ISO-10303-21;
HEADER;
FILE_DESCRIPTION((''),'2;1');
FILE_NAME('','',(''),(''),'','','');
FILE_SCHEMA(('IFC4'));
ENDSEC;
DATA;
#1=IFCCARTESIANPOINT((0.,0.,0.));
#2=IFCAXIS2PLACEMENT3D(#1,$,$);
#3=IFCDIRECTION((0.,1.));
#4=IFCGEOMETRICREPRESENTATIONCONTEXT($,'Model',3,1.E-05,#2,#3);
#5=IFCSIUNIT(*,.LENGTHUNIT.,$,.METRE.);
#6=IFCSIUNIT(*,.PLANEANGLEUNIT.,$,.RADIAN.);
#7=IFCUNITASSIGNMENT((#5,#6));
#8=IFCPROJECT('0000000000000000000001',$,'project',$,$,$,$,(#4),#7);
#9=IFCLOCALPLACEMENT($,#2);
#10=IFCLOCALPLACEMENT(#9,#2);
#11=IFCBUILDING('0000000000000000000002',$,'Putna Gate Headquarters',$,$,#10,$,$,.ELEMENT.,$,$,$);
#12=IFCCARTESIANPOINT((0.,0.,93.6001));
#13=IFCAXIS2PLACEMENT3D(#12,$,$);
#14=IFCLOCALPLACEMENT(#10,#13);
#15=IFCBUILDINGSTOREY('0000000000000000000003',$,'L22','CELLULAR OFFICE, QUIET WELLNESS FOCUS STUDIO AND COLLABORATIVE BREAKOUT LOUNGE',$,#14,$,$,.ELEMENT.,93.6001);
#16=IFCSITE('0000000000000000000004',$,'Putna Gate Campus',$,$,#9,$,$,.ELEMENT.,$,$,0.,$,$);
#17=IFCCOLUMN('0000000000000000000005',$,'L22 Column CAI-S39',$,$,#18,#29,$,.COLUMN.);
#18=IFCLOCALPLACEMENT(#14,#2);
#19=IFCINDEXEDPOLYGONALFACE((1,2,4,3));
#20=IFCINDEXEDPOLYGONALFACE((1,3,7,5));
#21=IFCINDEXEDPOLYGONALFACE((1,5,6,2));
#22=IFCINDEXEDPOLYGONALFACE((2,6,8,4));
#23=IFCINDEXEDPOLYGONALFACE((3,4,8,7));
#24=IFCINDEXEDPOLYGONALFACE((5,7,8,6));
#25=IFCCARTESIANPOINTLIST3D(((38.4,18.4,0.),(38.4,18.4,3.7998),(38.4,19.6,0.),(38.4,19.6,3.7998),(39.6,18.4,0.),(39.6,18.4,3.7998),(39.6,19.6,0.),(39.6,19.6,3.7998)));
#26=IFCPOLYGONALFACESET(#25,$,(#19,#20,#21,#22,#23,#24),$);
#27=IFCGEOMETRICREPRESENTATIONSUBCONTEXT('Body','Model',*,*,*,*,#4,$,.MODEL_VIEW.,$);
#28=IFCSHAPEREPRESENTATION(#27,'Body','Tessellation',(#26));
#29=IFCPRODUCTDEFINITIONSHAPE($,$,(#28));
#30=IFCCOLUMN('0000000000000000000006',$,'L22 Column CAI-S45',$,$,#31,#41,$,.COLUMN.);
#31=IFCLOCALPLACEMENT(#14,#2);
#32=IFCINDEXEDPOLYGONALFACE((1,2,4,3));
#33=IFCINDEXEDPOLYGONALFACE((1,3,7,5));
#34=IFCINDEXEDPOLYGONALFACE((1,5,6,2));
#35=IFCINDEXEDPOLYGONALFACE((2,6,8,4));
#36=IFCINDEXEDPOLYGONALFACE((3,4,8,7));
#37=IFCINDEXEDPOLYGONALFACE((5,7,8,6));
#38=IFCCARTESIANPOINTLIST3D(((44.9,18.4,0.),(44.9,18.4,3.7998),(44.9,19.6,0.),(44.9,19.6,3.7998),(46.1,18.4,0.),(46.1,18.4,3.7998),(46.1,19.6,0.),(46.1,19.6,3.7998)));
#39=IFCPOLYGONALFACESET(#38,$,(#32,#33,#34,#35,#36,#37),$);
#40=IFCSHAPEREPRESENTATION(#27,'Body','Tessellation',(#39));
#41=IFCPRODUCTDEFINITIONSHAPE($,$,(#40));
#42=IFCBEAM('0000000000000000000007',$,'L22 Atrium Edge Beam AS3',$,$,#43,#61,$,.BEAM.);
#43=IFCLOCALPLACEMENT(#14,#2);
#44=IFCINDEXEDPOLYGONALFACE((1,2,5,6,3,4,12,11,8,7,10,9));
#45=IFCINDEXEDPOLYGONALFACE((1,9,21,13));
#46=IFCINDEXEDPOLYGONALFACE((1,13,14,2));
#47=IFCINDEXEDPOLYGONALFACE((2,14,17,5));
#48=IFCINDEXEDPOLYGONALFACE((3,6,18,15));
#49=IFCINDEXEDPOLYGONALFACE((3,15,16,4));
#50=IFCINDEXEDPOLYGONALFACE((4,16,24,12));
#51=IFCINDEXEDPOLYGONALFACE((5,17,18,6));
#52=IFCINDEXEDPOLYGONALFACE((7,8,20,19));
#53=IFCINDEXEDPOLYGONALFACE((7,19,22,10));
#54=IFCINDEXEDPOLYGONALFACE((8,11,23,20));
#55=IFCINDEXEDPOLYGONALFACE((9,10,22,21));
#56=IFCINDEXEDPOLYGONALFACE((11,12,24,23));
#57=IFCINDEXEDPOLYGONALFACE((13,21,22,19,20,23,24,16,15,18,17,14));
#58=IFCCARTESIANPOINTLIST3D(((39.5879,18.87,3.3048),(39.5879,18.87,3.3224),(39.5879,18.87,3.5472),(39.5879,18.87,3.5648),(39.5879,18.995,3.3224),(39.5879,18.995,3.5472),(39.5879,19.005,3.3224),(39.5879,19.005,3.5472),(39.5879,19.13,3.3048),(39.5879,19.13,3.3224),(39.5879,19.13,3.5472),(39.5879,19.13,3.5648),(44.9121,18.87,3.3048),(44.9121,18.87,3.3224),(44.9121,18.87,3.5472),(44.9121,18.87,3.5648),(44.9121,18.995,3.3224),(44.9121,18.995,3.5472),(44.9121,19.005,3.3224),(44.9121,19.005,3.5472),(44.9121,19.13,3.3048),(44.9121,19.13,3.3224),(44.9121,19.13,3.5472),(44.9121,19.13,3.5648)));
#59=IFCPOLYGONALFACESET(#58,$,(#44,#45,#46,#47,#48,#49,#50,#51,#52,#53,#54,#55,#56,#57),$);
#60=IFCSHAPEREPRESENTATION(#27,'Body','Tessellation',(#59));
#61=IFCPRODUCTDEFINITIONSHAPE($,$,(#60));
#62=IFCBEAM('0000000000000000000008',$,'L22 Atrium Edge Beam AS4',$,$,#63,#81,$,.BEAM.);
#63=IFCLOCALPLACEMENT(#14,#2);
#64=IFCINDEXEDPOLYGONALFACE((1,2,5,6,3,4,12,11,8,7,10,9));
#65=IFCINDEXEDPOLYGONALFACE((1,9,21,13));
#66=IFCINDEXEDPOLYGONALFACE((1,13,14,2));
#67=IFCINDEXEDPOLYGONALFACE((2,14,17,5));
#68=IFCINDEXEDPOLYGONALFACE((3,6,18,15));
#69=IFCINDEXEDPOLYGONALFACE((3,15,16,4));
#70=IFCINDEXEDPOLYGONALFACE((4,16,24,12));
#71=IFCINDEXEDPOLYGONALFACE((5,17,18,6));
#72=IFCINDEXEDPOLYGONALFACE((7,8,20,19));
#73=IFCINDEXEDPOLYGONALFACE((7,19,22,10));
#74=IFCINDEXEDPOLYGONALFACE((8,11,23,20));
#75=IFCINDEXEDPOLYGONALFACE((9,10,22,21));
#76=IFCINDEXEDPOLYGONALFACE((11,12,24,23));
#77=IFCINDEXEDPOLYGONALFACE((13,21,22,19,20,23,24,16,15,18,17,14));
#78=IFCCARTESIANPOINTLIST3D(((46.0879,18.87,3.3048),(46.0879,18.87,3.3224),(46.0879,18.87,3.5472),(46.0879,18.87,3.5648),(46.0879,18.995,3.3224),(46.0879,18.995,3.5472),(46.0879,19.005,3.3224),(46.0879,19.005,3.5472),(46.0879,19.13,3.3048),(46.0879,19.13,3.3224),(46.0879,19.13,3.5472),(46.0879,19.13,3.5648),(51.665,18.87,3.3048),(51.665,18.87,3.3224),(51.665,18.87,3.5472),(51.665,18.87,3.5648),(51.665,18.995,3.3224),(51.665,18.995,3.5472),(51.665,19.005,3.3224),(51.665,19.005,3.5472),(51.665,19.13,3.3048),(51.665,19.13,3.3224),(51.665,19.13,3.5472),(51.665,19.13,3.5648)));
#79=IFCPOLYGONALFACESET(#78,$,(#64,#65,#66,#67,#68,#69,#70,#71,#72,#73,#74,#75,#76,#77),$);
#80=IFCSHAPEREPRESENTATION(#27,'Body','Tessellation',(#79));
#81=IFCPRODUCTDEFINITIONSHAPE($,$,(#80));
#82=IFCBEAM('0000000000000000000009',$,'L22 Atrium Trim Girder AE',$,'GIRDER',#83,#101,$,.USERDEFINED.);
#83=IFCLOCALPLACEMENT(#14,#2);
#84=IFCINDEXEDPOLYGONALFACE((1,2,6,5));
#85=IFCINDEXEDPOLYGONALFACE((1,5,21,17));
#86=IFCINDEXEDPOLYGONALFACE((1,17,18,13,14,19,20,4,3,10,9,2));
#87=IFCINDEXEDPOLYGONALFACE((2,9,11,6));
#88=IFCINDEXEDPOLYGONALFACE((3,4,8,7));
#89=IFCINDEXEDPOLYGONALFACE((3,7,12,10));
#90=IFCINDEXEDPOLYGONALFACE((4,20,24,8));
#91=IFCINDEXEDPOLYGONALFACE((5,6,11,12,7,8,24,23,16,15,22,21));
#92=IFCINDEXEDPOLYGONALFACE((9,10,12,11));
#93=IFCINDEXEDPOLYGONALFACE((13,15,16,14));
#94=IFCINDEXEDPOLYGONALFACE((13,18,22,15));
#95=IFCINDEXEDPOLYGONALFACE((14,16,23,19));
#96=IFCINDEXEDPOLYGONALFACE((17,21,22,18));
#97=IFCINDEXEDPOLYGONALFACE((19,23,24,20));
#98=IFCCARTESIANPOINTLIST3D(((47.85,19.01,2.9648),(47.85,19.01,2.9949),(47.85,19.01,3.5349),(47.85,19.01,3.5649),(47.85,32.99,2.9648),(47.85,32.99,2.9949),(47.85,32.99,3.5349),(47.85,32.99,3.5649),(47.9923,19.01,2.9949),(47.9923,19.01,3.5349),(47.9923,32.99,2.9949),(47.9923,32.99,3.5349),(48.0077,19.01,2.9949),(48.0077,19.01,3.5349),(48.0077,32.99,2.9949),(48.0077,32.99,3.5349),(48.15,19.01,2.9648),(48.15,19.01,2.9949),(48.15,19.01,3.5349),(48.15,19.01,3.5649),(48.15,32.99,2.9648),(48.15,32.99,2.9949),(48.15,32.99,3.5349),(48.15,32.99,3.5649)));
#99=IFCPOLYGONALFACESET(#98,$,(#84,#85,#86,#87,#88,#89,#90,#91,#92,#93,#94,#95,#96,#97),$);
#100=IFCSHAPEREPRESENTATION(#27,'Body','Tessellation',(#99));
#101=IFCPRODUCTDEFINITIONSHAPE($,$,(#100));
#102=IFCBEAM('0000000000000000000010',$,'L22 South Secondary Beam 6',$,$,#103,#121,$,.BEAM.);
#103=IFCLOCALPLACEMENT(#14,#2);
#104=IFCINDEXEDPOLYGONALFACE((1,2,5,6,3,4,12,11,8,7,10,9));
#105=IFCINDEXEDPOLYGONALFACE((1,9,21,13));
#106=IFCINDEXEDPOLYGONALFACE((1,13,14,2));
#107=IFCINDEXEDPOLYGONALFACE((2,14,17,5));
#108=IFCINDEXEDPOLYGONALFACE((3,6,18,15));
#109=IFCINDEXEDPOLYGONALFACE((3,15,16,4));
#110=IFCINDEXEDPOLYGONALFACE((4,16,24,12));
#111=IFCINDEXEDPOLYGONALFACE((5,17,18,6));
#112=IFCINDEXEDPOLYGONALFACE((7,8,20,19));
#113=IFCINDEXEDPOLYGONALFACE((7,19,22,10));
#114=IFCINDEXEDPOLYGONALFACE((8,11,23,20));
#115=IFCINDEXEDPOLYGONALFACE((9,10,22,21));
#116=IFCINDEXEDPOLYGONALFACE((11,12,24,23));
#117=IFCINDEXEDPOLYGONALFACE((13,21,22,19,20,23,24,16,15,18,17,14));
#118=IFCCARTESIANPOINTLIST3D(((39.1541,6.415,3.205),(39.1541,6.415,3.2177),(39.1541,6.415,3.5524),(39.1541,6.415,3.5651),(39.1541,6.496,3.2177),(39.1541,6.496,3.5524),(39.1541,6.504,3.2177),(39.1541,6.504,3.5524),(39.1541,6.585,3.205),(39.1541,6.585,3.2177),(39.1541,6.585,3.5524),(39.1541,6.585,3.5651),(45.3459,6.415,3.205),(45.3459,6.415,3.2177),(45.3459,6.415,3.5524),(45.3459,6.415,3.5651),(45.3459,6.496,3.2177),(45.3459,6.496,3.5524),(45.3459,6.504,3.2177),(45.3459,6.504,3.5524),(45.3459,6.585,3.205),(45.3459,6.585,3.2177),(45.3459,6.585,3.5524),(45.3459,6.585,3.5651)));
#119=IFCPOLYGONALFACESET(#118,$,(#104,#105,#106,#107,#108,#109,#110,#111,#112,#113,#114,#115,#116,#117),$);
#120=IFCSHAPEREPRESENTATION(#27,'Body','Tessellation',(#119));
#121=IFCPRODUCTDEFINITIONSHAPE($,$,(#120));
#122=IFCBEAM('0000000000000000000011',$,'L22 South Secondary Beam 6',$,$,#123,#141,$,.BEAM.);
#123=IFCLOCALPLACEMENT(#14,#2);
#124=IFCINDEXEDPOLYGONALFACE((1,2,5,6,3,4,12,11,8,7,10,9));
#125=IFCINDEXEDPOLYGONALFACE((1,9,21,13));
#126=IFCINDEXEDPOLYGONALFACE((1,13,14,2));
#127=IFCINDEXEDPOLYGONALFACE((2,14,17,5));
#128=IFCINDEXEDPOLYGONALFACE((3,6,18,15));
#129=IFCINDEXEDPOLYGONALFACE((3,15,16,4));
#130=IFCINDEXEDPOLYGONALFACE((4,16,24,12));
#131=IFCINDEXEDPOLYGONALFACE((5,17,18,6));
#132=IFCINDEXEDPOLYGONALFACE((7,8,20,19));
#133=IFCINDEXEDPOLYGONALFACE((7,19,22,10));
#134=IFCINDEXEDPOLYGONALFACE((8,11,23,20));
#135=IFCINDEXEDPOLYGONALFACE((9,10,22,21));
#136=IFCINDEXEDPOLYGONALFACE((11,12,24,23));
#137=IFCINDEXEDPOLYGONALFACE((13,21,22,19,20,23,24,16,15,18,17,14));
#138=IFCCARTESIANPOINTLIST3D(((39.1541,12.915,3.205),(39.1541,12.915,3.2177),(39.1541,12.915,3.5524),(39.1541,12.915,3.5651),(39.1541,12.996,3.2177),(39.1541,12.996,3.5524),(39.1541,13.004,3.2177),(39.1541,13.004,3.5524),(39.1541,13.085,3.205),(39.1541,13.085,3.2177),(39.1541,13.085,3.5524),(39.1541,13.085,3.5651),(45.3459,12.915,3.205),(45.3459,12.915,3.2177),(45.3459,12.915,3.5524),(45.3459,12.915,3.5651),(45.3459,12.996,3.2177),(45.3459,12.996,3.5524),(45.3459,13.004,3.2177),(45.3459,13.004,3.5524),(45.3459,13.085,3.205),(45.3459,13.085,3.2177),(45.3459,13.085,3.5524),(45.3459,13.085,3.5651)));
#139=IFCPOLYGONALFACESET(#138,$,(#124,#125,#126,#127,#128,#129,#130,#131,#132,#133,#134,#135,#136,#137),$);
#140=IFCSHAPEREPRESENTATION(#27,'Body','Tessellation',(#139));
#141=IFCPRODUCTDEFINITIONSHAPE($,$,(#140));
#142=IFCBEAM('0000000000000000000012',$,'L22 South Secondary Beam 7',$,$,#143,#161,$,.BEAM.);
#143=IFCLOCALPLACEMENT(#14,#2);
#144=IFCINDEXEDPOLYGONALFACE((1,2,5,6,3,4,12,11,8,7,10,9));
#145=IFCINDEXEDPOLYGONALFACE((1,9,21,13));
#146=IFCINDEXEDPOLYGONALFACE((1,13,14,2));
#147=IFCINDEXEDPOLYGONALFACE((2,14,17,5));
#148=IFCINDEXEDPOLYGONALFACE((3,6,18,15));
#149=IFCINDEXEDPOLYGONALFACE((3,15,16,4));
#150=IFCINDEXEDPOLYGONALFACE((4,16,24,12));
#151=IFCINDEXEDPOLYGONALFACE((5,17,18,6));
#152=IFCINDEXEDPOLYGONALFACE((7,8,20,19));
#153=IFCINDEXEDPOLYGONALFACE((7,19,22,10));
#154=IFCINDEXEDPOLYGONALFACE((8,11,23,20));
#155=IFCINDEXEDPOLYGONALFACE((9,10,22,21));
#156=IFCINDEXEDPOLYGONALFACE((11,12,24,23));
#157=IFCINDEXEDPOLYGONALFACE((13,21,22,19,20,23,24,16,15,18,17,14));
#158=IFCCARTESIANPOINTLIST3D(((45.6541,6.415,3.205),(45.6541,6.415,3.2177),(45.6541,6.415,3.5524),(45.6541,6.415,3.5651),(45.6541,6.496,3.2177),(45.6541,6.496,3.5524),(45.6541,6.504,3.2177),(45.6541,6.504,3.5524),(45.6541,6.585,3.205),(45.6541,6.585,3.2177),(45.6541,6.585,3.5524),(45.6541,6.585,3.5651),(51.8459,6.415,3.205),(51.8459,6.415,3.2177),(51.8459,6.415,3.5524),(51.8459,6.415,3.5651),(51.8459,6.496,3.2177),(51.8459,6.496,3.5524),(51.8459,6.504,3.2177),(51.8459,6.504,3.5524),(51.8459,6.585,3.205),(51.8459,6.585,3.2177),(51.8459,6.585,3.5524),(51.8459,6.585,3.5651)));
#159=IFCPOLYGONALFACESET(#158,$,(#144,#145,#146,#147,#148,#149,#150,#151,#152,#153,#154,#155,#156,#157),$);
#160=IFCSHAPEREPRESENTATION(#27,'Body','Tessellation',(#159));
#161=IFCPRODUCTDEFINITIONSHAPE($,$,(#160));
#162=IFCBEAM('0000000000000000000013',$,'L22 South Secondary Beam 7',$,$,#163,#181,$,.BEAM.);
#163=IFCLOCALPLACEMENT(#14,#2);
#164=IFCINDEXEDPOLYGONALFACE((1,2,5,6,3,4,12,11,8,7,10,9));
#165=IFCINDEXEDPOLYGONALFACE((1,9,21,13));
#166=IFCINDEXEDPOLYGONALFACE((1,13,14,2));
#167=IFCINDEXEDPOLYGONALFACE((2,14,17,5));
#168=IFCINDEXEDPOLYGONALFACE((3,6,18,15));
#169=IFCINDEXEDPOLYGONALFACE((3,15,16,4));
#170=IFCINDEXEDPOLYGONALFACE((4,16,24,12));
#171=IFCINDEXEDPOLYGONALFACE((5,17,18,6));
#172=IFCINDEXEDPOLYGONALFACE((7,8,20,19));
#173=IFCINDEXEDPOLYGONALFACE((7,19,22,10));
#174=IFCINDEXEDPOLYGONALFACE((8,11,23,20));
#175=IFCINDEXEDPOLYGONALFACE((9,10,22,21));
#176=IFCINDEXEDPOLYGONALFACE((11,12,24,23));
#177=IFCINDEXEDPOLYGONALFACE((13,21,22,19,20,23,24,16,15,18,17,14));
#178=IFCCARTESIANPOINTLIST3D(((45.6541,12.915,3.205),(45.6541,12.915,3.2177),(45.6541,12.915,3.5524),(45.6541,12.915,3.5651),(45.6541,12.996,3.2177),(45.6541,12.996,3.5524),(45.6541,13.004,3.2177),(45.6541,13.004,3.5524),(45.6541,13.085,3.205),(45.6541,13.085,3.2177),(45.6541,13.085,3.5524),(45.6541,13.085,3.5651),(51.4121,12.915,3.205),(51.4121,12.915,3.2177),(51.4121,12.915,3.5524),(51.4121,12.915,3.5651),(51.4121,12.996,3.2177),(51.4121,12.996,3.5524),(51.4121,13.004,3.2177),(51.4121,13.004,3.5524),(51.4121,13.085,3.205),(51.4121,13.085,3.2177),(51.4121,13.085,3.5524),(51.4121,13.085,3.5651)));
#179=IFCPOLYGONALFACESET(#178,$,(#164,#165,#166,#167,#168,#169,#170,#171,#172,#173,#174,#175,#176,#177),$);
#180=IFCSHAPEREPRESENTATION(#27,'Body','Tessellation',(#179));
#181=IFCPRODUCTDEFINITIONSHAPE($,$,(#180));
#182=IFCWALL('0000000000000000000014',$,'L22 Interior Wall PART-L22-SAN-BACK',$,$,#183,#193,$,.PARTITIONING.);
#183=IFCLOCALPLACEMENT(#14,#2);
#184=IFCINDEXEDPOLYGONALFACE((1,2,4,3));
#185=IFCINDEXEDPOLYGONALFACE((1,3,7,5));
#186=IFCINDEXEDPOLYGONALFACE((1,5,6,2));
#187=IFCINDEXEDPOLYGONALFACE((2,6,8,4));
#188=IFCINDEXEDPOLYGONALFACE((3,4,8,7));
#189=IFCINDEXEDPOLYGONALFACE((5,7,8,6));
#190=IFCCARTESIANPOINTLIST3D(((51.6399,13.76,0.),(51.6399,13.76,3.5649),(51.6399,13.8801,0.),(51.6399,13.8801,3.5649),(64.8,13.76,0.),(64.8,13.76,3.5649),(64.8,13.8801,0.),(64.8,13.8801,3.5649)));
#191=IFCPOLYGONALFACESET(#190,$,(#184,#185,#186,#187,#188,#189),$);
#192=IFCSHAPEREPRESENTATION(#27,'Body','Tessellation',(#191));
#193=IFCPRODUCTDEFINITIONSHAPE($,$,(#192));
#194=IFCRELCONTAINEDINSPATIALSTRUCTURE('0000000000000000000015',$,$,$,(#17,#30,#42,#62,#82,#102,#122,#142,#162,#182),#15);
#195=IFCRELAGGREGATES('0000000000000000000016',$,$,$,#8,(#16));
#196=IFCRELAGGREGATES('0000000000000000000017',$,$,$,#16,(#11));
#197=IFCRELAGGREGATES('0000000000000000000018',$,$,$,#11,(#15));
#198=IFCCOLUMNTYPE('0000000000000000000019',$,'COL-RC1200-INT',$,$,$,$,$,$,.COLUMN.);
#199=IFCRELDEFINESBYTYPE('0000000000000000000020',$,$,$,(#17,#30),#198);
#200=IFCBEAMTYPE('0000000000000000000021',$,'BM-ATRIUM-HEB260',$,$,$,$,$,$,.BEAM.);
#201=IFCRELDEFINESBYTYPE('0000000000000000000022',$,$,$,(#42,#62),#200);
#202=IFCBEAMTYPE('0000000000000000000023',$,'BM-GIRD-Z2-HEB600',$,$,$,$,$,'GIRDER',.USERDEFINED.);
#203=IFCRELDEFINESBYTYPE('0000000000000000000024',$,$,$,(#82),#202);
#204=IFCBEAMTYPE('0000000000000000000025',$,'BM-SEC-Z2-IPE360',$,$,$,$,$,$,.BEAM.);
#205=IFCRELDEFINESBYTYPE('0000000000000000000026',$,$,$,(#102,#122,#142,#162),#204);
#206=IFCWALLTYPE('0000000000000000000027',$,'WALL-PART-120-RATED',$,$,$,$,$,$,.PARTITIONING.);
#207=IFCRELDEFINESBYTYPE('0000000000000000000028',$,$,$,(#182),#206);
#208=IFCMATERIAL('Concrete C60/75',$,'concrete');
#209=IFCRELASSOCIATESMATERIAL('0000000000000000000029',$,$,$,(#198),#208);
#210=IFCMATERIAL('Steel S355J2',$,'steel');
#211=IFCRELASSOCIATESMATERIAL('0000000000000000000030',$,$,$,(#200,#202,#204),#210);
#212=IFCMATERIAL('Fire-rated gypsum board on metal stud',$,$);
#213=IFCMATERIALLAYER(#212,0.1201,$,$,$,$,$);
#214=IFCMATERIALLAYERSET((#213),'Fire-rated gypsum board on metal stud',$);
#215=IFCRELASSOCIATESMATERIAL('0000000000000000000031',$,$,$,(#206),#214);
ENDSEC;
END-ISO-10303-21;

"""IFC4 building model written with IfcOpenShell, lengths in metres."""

from ifc_helpers import new_model, si_unit, direction, frame, frame_2d, origin, origin_2d, place, context, subcontext, project, spatial, rectangle, i_section, extrude, material, layer, layer_set, material_profile, profile_set, type_object, element, save


model = new_model("IFC4")

# Units and contexts
model_context = context("Model", 3, precision=1e-05, world=origin(), true_north=direction((0.0, 1.0)))
body_context = subcontext(model_context, "Body", "Model", "MODEL_VIEW")
ifc_project = project(units=[si_unit("LENGTHUNIT", "METRE"), si_unit("PLANEANGLEUNIT", "RADIAN")], contexts=[model_context])

# Site, building, storey
site_placement = place(None, origin())
site = spatial("IfcSite", under=ifc_project, at=site_placement, Name="Putna Gate Campus", CompositionType="ELEMENT", RefElevation=0.0)
building_placement = place(site_placement, origin())
building = spatial("IfcBuilding", under=site, at=building_placement, Name="Putna Gate Headquarters", CompositionType="ELEMENT")
storey_placement = place(building_placement, frame((0.0, 0.0, 93.6001)))
storey = spatial("IfcBuildingStorey", under=building, at=storey_placement, Name="L22", Description="CELLULAR OFFICE, QUIET WELLNESS FOCUS STUDIO AND COLLABORATIVE BREAKOUT LOUNGE", CompositionType="ELEMENT", Elevation=93.6001)

# Columns
ifc_material_1 = material(Name="Concrete C60/75", Category="concrete")
ifc_material_profile_1 = material_profile(ifc_material_1, rectangle(XDim=1.2, YDim=1.2, at=origin_2d()), Name="Concrete C60/75")
ifc_profile_set_1 = profile_set([ifc_material_profile_1], Name="Concrete C60/75")
column_type = type_object("IfcColumnType", Name="COL-RC1200-INT", PredefinedType="COLUMN", material=ifc_profile_set_1)
for number, where, z_axis, x_axis, name in (
    (1, (39.0, 19.0, 0.0), (0.0, 0.0, 1.0), (1.0, 0.0, 0.0), "L22 Column CAI-S39"),
    (2, (45.5, 19.0, 0.0), (0.0, 0.0, 1.0), (1.0, 0.0, 0.0), "L22 Column CAI-S45"),
):
    element("IfcColumn", number, at=place(storey_placement, frame(where, z_axis=z_axis, x_axis=x_axis)), inside=storey, type_object=column_type, Name=name, PredefinedType="COLUMN", context=body_context, shape_type="SweptSolid", body=[
        extrude(rectangle(XDim=1.2, YDim=1.2, at=origin_2d()), origin(), (0.0, 0.0, 1.0), 3.7998),
    ])

# Beams
ifc_material_2 = material(Name="Steel S355J2", Category="steel")
ifc_material_profile_2 = material_profile(ifc_material_2, i_section(OverallWidth=0.26, OverallDepth=0.26, WebThickness=0.01, FlangeThickness=0.0176, at=origin_2d()), Name="Steel S355J2")
ifc_profile_set_2 = profile_set([ifc_material_profile_2], Name="Steel S355J2")
beam_type_1 = type_object("IfcBeamType", Name="BM-ATRIUM-HEB260", PredefinedType="BEAM", material=ifc_profile_set_2)
beam_1_placement = place(storey_placement, frame((39.5879, 19.0, 3.4348), z_axis=(1.0, 0.0, 0.0), x_axis=(0.0, 1.0, 0.0)))
element("IfcBeam", 3, at=beam_1_placement, inside=storey, type_object=beam_type_1, Name="L22 Atrium Edge Beam AS3", PredefinedType="BEAM", context=body_context, shape_type="SweptSolid", body=[
    extrude(i_section(OverallWidth=0.26, OverallDepth=0.26, WebThickness=0.01, FlangeThickness=0.0176, at=origin_2d()), origin(), (0.0, 0.0, 1.0), 5.3242),
])
beam_2_placement = place(storey_placement, frame((46.0879, 19.0, 3.4348), z_axis=(1.0, 0.0, 0.0), x_axis=(0.0, 1.0, 0.0)))
element("IfcBeam", 4, at=beam_2_placement, inside=storey, type_object=beam_type_1, Name="L22 Atrium Edge Beam AS4", PredefinedType="BEAM", context=body_context, shape_type="SweptSolid", body=[
    extrude(i_section(OverallWidth=0.26, OverallDepth=0.26, WebThickness=0.01, FlangeThickness=0.0176, at=origin_2d()), origin(), (0.0, 0.0, 1.0), 5.5771),
])
ifc_material_profile_3 = material_profile(ifc_material_2, i_section(OverallWidth=0.3, OverallDepth=0.6001, WebThickness=0.0154, FlangeThickness=0.03, at=origin_2d()), Name="Steel S355J2")
ifc_profile_set_3 = profile_set([ifc_material_profile_3], Name="Steel S355J2")
beam_type_2 = type_object("IfcBeamType", Name="BM-GIRD-Z2-HEB600", ElementType="GIRDER", PredefinedType="USERDEFINED", material=ifc_profile_set_3)
beam_3_placement = place(storey_placement, frame((48.0, 19.01, 3.2649), z_axis=(0.0, 1.0, 0.0), x_axis=(-1.0, 0.0, 0.0)))
element("IfcBeam", 5, at=beam_3_placement, inside=storey, type_object=beam_type_2, Name="L22 Atrium Trim Girder AE", ObjectType="GIRDER", PredefinedType="USERDEFINED", context=body_context, shape_type="SweptSolid", body=[
    extrude(i_section(OverallWidth=0.3, OverallDepth=0.6001, WebThickness=0.0154, FlangeThickness=0.03, at=origin_2d()), origin(), (0.0, 0.0, 1.0), 13.98),
])
ifc_material_profile_4 = material_profile(ifc_material_2, i_section(OverallWidth=0.1699, OverallDepth=0.3601, WebThickness=0.0081, FlangeThickness=0.0127, at=origin_2d()), Name="Steel S355J2")
ifc_profile_set_4 = profile_set([ifc_material_profile_4], Name="Steel S355J2")
beam_type_3 = type_object("IfcBeamType", Name="BM-SEC-Z2-IPE360", PredefinedType="BEAM", material=ifc_profile_set_4)
for number, where, z_axis, x_axis, name in (
    (6, (39.1541, 6.5, 3.385), (1.0, 0.0, 0.0), (0.0, 1.0, 0.0), "L22 South Secondary Beam 6"),
    (7, (39.1541, 13.0, 3.385), (1.0, 0.0, 0.0), (0.0, 1.0, 0.0), "L22 South Secondary Beam 6"),
    (8, (45.6541, 6.5, 3.385), (1.0, 0.0, 0.0), (0.0, 1.0, 0.0), "L22 South Secondary Beam 7"),
):
    element("IfcBeam", number, at=place(storey_placement, frame(where, z_axis=z_axis, x_axis=x_axis)), inside=storey, type_object=beam_type_3, Name=name, PredefinedType="BEAM", context=body_context, shape_type="SweptSolid", body=[
        extrude(i_section(OverallWidth=0.1699, OverallDepth=0.3601, WebThickness=0.0081, FlangeThickness=0.0127, at=origin_2d()), origin(), (0.0, 0.0, 1.0), 6.1919),
    ])
beam_4_placement = place(storey_placement, frame((45.6541, 13.0, 3.385), z_axis=(1.0, 0.0, 0.0), x_axis=(0.0, 1.0, 0.0)))
element("IfcBeam", 9, at=beam_4_placement, inside=storey, type_object=beam_type_3, Name="L22 South Secondary Beam 7", PredefinedType="BEAM", context=body_context, shape_type="SweptSolid", body=[
    extrude(i_section(OverallWidth=0.1699, OverallDepth=0.3601, WebThickness=0.0081, FlangeThickness=0.0127, at=origin_2d()), origin(), (0.0, 0.0, 1.0), 5.7581),
])

# Wall
ifc_material_3 = material(Name="Fire-rated gypsum board on metal stud")
ifc_layer = layer(ifc_material_3, 0.1201)
ifc_layer_set = layer_set([ifc_layer], Name="Fire-rated gypsum board on metal stud")
wall_type = type_object("IfcWallType", Name="WALL-PART-120-RATED", PredefinedType="PARTITIONING", material=ifc_layer_set)
wall_1_placement = place(storey_placement, frame((51.6399, 13.8201, 0.0), z_axis=(0.0, 0.0, 1.0), x_axis=(1.0, 0.0, 0.0)))
element("IfcWall", 10, at=wall_1_placement, inside=storey, type_object=wall_type, Name="L22 Interior Wall PART-L22-SAN-BACK", PredefinedType="PARTITIONING", context=body_context, shape_type="SweptSolid", body=[
    extrude(rectangle(XDim=13.1602, YDim=0.1201, at=frame_2d((6.5801, 0.0))), origin(), (0.0, 0.0, 1.0), 3.5649),
])

save(model, "model.ifc")
